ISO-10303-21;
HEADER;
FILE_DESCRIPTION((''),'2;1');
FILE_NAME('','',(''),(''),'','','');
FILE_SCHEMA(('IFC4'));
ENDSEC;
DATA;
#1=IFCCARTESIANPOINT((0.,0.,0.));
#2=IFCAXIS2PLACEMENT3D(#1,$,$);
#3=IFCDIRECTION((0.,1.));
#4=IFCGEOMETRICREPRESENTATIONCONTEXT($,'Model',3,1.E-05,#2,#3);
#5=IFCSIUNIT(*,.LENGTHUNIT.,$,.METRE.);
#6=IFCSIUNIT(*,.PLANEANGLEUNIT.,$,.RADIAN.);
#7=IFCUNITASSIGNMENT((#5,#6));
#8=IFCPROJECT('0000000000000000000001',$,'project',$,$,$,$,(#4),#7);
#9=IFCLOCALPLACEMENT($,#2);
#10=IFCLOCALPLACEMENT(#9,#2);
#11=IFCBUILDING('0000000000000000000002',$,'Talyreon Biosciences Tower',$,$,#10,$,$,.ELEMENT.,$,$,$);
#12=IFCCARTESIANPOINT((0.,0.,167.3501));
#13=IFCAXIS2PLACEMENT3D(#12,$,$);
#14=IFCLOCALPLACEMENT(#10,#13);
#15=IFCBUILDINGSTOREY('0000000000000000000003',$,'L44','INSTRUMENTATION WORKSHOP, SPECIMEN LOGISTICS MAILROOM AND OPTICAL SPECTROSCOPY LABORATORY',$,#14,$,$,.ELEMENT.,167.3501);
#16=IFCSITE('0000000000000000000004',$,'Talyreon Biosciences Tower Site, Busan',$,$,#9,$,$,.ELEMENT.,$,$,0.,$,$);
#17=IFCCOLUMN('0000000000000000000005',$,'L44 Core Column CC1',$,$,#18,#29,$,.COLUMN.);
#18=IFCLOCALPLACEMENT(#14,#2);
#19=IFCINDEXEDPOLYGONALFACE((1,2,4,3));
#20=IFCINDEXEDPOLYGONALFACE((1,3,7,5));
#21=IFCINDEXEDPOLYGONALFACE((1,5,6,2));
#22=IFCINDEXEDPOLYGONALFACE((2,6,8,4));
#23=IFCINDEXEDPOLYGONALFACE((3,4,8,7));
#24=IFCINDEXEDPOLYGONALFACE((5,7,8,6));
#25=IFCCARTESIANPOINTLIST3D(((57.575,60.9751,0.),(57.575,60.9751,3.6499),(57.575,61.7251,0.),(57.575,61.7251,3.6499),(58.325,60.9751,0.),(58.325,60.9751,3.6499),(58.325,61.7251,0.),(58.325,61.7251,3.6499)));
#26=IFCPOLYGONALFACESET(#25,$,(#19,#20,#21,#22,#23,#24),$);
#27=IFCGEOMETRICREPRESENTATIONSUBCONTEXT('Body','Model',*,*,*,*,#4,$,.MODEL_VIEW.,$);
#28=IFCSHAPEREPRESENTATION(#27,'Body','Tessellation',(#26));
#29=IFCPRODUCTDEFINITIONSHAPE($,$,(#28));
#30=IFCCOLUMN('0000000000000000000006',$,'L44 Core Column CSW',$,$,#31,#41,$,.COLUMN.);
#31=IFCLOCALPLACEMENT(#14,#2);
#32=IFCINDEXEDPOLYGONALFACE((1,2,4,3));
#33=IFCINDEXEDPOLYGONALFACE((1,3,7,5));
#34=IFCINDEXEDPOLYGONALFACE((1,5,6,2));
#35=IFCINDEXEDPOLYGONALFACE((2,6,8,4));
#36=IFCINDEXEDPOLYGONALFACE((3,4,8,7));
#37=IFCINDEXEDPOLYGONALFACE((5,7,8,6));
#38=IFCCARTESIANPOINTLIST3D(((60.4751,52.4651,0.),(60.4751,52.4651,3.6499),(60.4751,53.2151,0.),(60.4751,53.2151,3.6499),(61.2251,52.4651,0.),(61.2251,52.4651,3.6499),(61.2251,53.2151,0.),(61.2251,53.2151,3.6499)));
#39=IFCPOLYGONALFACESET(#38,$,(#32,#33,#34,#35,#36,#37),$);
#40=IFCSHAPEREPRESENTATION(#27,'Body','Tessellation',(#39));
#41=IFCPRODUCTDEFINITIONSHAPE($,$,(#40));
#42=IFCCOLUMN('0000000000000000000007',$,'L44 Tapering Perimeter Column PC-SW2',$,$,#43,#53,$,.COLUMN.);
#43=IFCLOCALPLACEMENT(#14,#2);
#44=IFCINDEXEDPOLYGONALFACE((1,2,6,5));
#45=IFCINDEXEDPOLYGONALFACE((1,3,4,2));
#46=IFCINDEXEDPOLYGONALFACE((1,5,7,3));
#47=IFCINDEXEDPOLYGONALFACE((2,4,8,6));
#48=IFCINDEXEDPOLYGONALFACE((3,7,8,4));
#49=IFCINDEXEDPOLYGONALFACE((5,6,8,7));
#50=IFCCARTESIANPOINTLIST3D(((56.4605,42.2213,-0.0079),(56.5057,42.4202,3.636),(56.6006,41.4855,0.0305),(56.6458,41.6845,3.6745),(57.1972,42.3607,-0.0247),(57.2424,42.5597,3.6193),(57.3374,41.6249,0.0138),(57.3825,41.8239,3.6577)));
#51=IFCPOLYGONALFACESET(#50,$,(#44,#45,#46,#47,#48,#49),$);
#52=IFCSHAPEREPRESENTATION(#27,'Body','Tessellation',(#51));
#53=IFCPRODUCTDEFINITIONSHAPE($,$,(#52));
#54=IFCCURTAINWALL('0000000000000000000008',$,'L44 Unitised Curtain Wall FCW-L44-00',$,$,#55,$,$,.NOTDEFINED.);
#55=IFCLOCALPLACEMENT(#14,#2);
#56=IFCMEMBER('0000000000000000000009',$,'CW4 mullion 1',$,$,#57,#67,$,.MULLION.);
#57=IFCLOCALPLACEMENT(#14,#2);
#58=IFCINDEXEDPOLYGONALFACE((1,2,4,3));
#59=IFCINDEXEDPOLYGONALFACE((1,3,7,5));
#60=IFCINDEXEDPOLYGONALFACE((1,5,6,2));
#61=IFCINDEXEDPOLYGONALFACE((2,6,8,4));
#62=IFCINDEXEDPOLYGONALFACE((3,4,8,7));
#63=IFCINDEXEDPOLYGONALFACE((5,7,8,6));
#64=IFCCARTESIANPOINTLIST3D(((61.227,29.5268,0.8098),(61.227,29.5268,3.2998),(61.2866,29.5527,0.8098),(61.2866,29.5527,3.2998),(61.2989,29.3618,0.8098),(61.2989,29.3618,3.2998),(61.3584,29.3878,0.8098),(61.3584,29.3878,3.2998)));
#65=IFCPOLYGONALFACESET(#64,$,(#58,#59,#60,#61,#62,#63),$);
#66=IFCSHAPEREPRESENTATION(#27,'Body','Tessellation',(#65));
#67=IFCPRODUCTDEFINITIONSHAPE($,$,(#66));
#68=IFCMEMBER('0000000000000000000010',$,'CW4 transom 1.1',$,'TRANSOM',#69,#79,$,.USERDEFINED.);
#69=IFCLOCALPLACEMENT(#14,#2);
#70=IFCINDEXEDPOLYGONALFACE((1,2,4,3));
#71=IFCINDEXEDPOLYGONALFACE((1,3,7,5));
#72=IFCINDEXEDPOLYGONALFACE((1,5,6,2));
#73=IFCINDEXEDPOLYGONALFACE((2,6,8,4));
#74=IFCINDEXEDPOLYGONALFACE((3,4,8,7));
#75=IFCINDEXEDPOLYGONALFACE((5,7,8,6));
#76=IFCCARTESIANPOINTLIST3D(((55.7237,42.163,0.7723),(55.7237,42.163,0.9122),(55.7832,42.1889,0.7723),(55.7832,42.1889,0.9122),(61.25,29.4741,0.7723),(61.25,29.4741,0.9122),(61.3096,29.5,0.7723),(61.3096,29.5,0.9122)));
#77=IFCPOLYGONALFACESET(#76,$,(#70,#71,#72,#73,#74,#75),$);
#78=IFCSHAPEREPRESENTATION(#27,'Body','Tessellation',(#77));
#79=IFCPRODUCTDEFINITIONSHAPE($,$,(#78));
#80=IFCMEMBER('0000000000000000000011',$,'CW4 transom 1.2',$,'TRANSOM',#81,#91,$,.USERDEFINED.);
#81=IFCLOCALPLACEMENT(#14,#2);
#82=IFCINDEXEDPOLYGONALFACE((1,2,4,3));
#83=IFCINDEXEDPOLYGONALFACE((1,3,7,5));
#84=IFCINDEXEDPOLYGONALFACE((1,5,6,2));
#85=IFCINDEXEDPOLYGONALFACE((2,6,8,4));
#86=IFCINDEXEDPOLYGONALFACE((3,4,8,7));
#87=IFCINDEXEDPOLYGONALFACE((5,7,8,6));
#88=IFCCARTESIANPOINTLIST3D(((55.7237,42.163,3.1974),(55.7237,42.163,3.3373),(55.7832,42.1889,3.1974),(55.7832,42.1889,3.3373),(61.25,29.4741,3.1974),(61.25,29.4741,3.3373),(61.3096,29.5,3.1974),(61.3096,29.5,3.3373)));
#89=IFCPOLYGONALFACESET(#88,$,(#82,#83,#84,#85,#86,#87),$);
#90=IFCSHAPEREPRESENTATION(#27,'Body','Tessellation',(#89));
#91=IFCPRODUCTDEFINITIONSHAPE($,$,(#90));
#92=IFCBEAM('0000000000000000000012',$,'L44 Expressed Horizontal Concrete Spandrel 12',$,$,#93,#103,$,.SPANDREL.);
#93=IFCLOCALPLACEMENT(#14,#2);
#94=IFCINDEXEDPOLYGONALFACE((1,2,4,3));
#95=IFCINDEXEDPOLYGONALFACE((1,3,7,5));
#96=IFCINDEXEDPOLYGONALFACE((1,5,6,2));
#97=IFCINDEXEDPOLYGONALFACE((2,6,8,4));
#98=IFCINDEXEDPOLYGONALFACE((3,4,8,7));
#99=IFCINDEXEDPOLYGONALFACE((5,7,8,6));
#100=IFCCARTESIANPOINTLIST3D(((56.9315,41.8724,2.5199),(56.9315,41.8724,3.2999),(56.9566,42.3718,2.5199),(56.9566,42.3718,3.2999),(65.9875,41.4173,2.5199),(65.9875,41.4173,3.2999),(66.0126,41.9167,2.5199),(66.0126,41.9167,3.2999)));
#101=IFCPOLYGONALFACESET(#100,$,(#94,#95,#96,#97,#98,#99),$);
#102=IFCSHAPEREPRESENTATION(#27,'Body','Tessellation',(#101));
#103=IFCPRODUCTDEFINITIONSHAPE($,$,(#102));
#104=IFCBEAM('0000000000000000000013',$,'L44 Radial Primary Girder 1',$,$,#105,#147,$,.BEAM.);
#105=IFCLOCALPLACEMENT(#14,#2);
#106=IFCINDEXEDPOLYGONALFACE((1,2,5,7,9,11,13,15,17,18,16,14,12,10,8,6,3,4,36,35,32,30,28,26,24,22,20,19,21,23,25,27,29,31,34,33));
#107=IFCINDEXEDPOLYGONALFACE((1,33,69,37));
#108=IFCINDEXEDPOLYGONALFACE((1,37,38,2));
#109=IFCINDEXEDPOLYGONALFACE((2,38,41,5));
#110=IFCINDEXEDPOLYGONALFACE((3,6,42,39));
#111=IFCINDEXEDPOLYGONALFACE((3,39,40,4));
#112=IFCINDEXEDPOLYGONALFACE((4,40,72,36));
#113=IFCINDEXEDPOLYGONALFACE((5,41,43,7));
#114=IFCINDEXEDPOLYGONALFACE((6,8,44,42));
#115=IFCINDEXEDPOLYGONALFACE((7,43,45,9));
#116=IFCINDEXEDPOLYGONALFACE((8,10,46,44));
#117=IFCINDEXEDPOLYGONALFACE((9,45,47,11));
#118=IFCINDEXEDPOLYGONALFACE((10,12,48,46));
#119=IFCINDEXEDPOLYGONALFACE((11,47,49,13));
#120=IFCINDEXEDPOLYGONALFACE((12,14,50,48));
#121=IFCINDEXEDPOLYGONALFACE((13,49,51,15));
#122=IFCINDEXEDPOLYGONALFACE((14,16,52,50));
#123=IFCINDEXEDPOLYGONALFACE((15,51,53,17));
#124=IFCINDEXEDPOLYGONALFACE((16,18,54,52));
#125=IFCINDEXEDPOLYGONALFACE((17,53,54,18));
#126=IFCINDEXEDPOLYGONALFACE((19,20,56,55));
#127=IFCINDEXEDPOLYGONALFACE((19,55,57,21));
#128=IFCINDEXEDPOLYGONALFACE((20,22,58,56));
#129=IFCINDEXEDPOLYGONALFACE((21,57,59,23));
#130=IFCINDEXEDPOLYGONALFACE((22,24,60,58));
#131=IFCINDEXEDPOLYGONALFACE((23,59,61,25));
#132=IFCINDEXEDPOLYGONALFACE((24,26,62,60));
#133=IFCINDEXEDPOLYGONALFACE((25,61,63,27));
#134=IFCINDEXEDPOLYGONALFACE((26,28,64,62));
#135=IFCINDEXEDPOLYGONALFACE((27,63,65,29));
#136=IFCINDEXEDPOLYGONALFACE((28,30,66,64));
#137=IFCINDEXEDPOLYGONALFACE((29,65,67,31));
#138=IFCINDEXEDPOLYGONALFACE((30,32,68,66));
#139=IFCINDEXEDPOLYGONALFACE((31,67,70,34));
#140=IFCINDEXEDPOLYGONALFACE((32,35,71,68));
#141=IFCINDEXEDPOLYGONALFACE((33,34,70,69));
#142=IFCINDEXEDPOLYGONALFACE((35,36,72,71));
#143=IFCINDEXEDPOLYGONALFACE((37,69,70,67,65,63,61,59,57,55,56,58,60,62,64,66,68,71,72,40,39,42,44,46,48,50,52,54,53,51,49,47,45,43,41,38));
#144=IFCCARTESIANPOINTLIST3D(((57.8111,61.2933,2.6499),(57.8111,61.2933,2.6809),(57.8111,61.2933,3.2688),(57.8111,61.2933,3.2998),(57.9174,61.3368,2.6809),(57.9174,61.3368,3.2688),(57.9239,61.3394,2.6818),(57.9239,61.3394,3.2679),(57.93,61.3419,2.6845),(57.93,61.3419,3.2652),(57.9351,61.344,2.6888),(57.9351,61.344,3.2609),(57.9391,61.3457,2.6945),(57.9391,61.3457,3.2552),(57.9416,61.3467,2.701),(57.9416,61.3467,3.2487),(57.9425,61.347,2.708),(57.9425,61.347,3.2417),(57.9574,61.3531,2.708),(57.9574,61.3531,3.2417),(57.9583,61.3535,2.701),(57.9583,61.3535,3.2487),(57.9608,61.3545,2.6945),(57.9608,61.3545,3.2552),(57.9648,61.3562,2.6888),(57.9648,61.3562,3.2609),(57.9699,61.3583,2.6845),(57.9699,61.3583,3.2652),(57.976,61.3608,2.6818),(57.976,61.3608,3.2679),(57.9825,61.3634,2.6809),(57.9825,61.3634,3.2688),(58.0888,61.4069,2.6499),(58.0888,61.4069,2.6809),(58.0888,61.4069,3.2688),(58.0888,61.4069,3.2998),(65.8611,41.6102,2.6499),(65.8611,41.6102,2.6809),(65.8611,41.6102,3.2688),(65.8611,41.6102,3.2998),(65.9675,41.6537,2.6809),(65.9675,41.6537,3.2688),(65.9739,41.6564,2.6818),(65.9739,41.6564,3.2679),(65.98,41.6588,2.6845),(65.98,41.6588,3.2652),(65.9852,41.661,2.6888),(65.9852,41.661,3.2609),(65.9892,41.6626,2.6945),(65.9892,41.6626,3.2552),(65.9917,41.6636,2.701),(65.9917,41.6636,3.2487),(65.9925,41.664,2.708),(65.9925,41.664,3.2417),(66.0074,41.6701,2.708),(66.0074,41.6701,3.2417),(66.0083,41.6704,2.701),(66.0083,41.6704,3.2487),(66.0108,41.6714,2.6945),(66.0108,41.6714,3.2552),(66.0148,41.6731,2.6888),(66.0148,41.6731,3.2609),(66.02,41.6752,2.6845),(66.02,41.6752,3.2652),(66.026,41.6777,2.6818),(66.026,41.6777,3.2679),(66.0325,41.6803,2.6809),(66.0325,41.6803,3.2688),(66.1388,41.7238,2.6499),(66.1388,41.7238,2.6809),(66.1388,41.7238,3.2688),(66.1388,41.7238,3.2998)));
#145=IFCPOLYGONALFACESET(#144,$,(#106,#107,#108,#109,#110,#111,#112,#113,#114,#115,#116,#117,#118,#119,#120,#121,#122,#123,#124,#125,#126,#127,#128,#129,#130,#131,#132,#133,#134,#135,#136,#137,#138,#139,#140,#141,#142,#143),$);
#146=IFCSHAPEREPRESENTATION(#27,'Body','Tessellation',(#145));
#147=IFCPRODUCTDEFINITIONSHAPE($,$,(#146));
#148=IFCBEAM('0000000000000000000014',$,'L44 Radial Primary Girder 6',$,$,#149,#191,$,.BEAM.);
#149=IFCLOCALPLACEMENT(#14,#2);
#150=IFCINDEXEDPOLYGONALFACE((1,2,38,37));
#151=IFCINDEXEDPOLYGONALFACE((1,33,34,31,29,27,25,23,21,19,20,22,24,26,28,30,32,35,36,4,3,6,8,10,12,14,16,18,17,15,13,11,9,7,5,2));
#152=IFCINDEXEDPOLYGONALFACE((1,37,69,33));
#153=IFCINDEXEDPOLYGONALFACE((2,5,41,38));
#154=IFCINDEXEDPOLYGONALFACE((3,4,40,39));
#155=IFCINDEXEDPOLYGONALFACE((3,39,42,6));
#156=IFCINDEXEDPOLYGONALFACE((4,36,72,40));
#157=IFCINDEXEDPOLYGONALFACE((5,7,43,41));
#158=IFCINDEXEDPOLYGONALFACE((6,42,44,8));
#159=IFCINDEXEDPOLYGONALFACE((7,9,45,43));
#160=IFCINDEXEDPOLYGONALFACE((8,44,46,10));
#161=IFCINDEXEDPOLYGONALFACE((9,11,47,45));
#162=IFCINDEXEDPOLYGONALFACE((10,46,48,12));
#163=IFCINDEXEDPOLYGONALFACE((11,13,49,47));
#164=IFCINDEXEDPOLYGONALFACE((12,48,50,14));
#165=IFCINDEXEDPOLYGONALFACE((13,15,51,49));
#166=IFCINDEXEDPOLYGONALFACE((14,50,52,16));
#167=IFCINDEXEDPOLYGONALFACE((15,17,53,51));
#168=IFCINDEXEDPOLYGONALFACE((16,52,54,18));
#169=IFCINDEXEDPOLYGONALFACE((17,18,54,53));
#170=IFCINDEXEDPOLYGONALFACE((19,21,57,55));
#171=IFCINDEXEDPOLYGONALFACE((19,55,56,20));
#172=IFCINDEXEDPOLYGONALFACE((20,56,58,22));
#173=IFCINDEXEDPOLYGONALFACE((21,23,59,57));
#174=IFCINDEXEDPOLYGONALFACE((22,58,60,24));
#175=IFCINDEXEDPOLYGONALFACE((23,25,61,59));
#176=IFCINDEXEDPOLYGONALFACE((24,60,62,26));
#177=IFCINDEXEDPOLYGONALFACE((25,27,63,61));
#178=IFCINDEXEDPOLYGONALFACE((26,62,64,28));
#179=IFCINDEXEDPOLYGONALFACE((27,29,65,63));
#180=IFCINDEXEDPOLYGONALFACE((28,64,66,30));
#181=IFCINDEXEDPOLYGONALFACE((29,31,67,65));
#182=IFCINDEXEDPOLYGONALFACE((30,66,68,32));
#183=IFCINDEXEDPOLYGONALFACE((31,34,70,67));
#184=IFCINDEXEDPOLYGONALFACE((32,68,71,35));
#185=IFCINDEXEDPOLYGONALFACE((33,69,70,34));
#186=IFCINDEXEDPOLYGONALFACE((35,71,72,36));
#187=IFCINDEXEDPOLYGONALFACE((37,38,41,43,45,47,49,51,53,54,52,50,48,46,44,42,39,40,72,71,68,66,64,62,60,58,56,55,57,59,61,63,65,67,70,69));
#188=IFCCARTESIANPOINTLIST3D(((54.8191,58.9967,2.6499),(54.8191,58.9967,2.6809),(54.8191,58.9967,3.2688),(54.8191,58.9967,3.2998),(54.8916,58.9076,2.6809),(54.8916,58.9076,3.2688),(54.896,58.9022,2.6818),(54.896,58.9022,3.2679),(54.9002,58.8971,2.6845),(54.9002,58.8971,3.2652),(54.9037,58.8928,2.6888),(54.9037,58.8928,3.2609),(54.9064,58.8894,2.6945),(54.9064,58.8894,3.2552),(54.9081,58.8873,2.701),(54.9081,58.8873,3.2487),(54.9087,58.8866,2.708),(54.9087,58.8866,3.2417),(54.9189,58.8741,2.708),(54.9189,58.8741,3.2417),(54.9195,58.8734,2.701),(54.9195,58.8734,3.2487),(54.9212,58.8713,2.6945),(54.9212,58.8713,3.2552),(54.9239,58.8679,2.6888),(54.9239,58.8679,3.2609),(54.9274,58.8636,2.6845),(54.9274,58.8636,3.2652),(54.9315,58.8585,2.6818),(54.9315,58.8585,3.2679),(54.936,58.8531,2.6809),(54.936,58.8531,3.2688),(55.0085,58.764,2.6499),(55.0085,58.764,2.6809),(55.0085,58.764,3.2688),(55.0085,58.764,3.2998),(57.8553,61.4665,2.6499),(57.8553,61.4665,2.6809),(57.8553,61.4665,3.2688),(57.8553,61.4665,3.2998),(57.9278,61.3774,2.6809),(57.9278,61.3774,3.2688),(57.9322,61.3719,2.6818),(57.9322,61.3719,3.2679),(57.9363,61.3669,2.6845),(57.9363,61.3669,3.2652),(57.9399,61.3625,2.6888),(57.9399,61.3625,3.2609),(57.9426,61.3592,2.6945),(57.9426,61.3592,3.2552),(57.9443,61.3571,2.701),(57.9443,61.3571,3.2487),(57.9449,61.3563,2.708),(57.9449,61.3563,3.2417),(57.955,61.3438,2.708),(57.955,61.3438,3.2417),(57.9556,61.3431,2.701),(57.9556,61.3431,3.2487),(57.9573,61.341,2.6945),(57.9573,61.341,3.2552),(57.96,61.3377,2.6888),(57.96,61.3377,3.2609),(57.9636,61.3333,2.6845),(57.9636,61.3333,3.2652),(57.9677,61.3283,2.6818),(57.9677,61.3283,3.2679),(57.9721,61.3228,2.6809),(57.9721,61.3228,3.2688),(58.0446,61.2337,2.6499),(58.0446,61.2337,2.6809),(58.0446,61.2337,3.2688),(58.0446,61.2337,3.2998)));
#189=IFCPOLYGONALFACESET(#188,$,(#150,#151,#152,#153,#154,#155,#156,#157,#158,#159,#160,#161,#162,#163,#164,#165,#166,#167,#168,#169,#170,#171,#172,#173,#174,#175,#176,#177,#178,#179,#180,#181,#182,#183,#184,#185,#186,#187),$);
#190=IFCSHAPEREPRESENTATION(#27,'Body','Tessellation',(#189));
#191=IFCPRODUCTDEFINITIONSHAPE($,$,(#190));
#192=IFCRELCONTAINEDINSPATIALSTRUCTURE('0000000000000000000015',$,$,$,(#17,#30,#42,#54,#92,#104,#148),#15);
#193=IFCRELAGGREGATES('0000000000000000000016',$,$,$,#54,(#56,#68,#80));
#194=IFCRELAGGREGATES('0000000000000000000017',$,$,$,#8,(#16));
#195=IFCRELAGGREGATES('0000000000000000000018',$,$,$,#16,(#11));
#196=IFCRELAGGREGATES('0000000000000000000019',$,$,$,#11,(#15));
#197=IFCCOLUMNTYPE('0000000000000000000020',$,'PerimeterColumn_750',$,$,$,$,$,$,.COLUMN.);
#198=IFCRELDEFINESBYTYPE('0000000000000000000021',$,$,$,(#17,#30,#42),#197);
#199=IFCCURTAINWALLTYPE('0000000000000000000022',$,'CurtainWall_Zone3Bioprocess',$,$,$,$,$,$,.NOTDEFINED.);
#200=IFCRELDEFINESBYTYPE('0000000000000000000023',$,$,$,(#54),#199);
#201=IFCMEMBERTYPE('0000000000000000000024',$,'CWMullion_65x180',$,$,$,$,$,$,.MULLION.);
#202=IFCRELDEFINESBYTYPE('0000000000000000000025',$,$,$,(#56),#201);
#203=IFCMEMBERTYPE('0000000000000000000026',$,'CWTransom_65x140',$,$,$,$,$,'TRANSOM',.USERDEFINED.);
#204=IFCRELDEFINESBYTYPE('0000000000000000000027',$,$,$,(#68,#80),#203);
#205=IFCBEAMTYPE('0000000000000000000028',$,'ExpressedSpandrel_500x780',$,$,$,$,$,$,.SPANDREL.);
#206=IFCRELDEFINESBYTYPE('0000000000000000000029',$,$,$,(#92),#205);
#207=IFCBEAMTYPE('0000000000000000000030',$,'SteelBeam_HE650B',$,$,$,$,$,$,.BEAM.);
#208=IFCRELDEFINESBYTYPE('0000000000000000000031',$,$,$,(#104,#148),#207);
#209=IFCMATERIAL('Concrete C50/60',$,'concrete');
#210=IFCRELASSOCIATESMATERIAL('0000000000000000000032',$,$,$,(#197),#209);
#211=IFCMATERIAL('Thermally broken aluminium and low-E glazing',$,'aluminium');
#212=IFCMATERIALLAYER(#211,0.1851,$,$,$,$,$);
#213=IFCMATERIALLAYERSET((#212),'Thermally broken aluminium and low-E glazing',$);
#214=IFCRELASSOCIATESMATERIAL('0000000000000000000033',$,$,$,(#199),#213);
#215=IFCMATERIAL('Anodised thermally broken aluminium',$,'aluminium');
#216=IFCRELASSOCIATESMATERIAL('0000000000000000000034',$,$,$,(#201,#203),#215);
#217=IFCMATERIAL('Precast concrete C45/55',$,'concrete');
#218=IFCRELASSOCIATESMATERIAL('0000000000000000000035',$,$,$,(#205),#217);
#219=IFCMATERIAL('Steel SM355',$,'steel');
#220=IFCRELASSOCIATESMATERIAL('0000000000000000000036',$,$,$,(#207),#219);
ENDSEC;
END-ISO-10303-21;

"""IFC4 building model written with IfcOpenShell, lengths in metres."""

from ifc_helpers import new_model, si_unit, direction, frame, origin, origin_2d, place, context, subcontext, project, spatial, rectangle, i_section, extrude, material, layer, layer_set, material_profile, profile_set, type_object, element, aggregate, save


model = new_model("IFC4")

# Units and contexts
model_context = context("Model", 3, precision=1e-05, world=origin(), true_north=direction((0.0, 1.0)))
body_context = subcontext(model_context, "Body", "Model", "MODEL_VIEW")
ifc_project = project(units=[si_unit("LENGTHUNIT", "METRE"), si_unit("PLANEANGLEUNIT", "RADIAN")], contexts=[model_context])

# Site, building, storey
site_placement = place(None, origin())
site = spatial("IfcSite", under=ifc_project, at=site_placement, Name="Talyreon Biosciences Tower Site, Busan", CompositionType="ELEMENT", RefElevation=0.0)
building_placement = place(site_placement, origin())
building = spatial("IfcBuilding", under=site, at=building_placement, Name="Talyreon Biosciences Tower", CompositionType="ELEMENT")
storey_placement = place(building_placement, frame((0.0, 0.0, 167.3501)))
storey = spatial("IfcBuildingStorey", under=building, at=storey_placement, Name="L44", Description="INSTRUMENTATION WORKSHOP, SPECIMEN LOGISTICS MAILROOM AND OPTICAL SPECTROSCOPY LABORATORY", CompositionType="ELEMENT", Elevation=167.3501)

# Columns
ifc_material_1 = material(Name="Concrete C50/60", Category="concrete")
ifc_material_profile_1 = material_profile(ifc_material_1, rectangle(XDim=0.75, YDim=0.75, at=origin_2d()), Name="RC 750x750")
ifc_profile_set_1 = profile_set([ifc_material_profile_1], Name="Concrete C50/60")
column_type = type_object("IfcColumnType", Name="PerimeterColumn_750", PredefinedType="COLUMN", material=ifc_profile_set_1)
for number, where, z_axis, x_axis, name in (
    (1, (57.95, 61.3501, 0.0), (0.0, 0.0, 1.0), (1.0, 0.0, 0.0), "L44 Core Column CC1"),
    (2, (60.8501, 52.8401, 0.0), (0.0, 0.0, 1.0), (1.0, 0.0, 0.0), "L44 Core Column CSW"),
):
    element("IfcColumn", number, at=place(storey_placement, frame(where, z_axis=z_axis, x_axis=x_axis)), inside=storey, type_object=column_type, Name=name, PredefinedType="COLUMN", context=body_context, shape_type="SweptSolid", body=[
        extrude(rectangle(XDim=0.75, YDim=0.75, at=origin_2d()), origin(), (0.0, 0.0, 1.0), 3.6499),
    ])
column_placement = place(storey_placement, frame((56.8989, 41.9231, 0.0029), z_axis=(0.012375, 0.054517, 0.998436), x_axis=(-0.18684, 0.981052, -0.051252)))
element("IfcColumn", 3, at=column_placement, inside=storey, type_object=column_type, Name="L44 Tapering Perimeter Column PC-SW2", PredefinedType="COLUMN", context=body_context, shape_type="SweptSolid", body=[
    extrude(rectangle(XDim=0.75, YDim=0.75, at=origin_2d()), origin(), (0.0, 0.0, 1.0), 3.6497),
])

# Curtain wall, members
ifc_material_2 = material(Name="Thermally broken aluminium and low-E glazing", Category="aluminium")
ifc_layer_1 = layer(ifc_material_2, 0.1851)
ifc_layer_set_1 = layer_set([ifc_layer_1], Name="Thermally broken aluminium and low-E glazing")
curtain_wall_type = type_object("IfcCurtainWallType", Name="CurtainWall_Zone3Bioprocess", PredefinedType="NOTDEFINED", material=ifc_layer_set_1)
curtain_wall_placement = place(storey_placement, origin())
curtain_wall = element("IfcCurtainWall", 4, at=curtain_wall_placement, inside=storey, type_object=curtain_wall_type, Name="L44 Unitised Curtain Wall FCW-L44-00", PredefinedType="NOTDEFINED")
ifc_material_3 = material(Name="Anodised thermally broken aluminium", Category="aluminium")
ifc_material_profile_2 = material_profile(ifc_material_3, rectangle(XDim=0.0649, YDim=0.1799, at=origin_2d()), Name="ALUM MULLION 65x180")
ifc_profile_set_2 = profile_set([ifc_material_profile_2], Name="Anodised thermally broken aluminium")
member_type_1 = type_object("IfcMemberType", Name="CWMullion_65x180", PredefinedType="MULLION", material=ifc_profile_set_2)
member_1_placement = place(storey_placement, frame((61.2927, 29.4573, 0.8098), z_axis=(0.0, 0.0, 1.0), x_axis=(-0.91682, -0.3993, 0.0)))
member_1 = element("IfcMember", 5, at=member_1_placement, type_object=member_type_1, Name="CW4 mullion 1", PredefinedType="MULLION", context=body_context, shape_type="SweptSolid", body=[
    extrude(rectangle(XDim=0.0649, YDim=0.1799, at=origin_2d()), origin(), (0.0, 0.0, 1.0), 2.49),
])
ifc_material_profile_3 = material_profile(ifc_material_3, rectangle(XDim=0.0649, YDim=0.1399, at=origin_2d()), Name="ALUM TRANSOM 65x140")
ifc_profile_set_3 = profile_set([ifc_material_profile_3], Name="Anodised thermally broken aluminium")
member_type_2 = type_object("IfcMemberType", Name="CWTransom_65x140", ElementType="TRANSOM", PredefinedType="USERDEFINED", material=ifc_profile_set_3)
member_2_placement = place(storey_placement, frame((61.2798, 29.4871, 0.8423), z_axis=(-0.399299, 0.916821, 0.0), x_axis=(-0.916821, -0.399299, 0.0)))
member_2 = element("IfcMember", 6, at=member_2_placement, type_object=member_type_2, Name="CW4 transom 1.1", ObjectType="TRANSOM", PredefinedType="USERDEFINED", context=body_context, shape_type="SweptSolid", body=[
    extrude(rectangle(XDim=0.0649, YDim=0.1399, at=origin_2d()), origin(), (0.0, 0.0, 1.0), 13.8401),
])
member_3_placement = place(storey_placement, frame((61.2798, 29.4871, 3.2673), z_axis=(-0.399299, 0.916821, 0.0), x_axis=(-0.916821, -0.399299, 0.0)))
member_3 = element("IfcMember", 7, at=member_3_placement, type_object=member_type_2, Name="CW4 transom 1.2", ObjectType="TRANSOM", PredefinedType="USERDEFINED", context=body_context, shape_type="SweptSolid", body=[
    extrude(rectangle(XDim=0.0649, YDim=0.1399, at=origin_2d()), origin(), (0.0, 0.0, 1.0), 13.8401),
])

# Beams
ifc_material_4 = material(Name="Precast concrete C45/55", Category="concrete")
ifc_material_profile_4 = material_profile(ifc_material_4, rectangle(XDim=0.5, YDim=0.78, at=origin_2d()), Name="RCB 500x780")
ifc_profile_set_4 = profile_set([ifc_material_profile_4], Name="Precast concrete C45/55")
beam_type_1 = type_object("IfcBeamType", Name="ExpressedSpandrel_500x780", PredefinedType="SPANDREL", material=ifc_profile_set_4)
beam_1_placement = place(storey_placement, frame((56.9441, 42.1221, 2.9099), z_axis=(0.99874, -0.050189, 0.0), x_axis=(0.050189, 0.99874, 0.0)))
element("IfcBeam", 8, at=beam_1_placement, inside=storey, type_object=beam_type_1, Name="L44 Expressed Horizontal Concrete Spandrel 12", PredefinedType="SPANDREL", context=body_context, shape_type="SweptSolid", body=[
    extrude(rectangle(XDim=0.5, YDim=0.78, at=origin_2d()), origin(), (0.0, 0.0, 1.0), 9.0674),
])
ifc_material_5 = material(Name="Steel SM355", Category="steel")
ifc_material_profile_5 = material_profile(ifc_material_5, i_section(OverallWidth=0.3, OverallDepth=0.6499, WebThickness=0.0161, FlangeThickness=0.031, FilletRadius=0.0271, at=origin_2d()), Name="HE650B")
ifc_profile_set_5 = profile_set([ifc_material_profile_5], Name="Steel SM355")
beam_type_2 = type_object("IfcBeamType", Name="SteelBeam_HE650B", PredefinedType="BEAM", material=ifc_profile_set_5)
beam_2_placement = place(storey_placement, frame((57.95, 61.3501, 2.9749), z_axis=(0.378547, -0.925582, 0.0), x_axis=(0.925582, 0.378547, 0.0)))
element("IfcBeam", 9, at=beam_2_placement, inside=storey, type_object=beam_type_2, Name="L44 Radial Primary Girder 1", PredefinedType="BEAM", context=body_context, shape_type="SweptSolid", body=[
    extrude(i_section(OverallWidth=0.3, OverallDepth=0.6499, WebThickness=0.0161, FlangeThickness=0.031, FilletRadius=0.0271, at=origin_2d()), origin(), (0.0, 0.0, 1.0), 21.2656),
])
beam_3_placement = place(storey_placement, frame((57.95, 61.3501, 2.9749), z_axis=(-0.775755, -0.631034, 0.0), x_axis=(0.631034, -0.775755, 0.0)))
element("IfcBeam", 10, at=beam_3_placement, inside=storey, type_object=beam_type_2, Name="L44 Radial Primary Girder 6", PredefinedType="BEAM", context=body_context, shape_type="SweptSolid", body=[
    extrude(i_section(OverallWidth=0.3, OverallDepth=0.6499, WebThickness=0.0161, FlangeThickness=0.031, FilletRadius=0.0271, at=origin_2d()), origin(), (0.0, 0.0, 1.0), 3.9138),
])

aggregate(curtain_wall, [member_1, member_2, member_3])

save(model, "model.ifc")
